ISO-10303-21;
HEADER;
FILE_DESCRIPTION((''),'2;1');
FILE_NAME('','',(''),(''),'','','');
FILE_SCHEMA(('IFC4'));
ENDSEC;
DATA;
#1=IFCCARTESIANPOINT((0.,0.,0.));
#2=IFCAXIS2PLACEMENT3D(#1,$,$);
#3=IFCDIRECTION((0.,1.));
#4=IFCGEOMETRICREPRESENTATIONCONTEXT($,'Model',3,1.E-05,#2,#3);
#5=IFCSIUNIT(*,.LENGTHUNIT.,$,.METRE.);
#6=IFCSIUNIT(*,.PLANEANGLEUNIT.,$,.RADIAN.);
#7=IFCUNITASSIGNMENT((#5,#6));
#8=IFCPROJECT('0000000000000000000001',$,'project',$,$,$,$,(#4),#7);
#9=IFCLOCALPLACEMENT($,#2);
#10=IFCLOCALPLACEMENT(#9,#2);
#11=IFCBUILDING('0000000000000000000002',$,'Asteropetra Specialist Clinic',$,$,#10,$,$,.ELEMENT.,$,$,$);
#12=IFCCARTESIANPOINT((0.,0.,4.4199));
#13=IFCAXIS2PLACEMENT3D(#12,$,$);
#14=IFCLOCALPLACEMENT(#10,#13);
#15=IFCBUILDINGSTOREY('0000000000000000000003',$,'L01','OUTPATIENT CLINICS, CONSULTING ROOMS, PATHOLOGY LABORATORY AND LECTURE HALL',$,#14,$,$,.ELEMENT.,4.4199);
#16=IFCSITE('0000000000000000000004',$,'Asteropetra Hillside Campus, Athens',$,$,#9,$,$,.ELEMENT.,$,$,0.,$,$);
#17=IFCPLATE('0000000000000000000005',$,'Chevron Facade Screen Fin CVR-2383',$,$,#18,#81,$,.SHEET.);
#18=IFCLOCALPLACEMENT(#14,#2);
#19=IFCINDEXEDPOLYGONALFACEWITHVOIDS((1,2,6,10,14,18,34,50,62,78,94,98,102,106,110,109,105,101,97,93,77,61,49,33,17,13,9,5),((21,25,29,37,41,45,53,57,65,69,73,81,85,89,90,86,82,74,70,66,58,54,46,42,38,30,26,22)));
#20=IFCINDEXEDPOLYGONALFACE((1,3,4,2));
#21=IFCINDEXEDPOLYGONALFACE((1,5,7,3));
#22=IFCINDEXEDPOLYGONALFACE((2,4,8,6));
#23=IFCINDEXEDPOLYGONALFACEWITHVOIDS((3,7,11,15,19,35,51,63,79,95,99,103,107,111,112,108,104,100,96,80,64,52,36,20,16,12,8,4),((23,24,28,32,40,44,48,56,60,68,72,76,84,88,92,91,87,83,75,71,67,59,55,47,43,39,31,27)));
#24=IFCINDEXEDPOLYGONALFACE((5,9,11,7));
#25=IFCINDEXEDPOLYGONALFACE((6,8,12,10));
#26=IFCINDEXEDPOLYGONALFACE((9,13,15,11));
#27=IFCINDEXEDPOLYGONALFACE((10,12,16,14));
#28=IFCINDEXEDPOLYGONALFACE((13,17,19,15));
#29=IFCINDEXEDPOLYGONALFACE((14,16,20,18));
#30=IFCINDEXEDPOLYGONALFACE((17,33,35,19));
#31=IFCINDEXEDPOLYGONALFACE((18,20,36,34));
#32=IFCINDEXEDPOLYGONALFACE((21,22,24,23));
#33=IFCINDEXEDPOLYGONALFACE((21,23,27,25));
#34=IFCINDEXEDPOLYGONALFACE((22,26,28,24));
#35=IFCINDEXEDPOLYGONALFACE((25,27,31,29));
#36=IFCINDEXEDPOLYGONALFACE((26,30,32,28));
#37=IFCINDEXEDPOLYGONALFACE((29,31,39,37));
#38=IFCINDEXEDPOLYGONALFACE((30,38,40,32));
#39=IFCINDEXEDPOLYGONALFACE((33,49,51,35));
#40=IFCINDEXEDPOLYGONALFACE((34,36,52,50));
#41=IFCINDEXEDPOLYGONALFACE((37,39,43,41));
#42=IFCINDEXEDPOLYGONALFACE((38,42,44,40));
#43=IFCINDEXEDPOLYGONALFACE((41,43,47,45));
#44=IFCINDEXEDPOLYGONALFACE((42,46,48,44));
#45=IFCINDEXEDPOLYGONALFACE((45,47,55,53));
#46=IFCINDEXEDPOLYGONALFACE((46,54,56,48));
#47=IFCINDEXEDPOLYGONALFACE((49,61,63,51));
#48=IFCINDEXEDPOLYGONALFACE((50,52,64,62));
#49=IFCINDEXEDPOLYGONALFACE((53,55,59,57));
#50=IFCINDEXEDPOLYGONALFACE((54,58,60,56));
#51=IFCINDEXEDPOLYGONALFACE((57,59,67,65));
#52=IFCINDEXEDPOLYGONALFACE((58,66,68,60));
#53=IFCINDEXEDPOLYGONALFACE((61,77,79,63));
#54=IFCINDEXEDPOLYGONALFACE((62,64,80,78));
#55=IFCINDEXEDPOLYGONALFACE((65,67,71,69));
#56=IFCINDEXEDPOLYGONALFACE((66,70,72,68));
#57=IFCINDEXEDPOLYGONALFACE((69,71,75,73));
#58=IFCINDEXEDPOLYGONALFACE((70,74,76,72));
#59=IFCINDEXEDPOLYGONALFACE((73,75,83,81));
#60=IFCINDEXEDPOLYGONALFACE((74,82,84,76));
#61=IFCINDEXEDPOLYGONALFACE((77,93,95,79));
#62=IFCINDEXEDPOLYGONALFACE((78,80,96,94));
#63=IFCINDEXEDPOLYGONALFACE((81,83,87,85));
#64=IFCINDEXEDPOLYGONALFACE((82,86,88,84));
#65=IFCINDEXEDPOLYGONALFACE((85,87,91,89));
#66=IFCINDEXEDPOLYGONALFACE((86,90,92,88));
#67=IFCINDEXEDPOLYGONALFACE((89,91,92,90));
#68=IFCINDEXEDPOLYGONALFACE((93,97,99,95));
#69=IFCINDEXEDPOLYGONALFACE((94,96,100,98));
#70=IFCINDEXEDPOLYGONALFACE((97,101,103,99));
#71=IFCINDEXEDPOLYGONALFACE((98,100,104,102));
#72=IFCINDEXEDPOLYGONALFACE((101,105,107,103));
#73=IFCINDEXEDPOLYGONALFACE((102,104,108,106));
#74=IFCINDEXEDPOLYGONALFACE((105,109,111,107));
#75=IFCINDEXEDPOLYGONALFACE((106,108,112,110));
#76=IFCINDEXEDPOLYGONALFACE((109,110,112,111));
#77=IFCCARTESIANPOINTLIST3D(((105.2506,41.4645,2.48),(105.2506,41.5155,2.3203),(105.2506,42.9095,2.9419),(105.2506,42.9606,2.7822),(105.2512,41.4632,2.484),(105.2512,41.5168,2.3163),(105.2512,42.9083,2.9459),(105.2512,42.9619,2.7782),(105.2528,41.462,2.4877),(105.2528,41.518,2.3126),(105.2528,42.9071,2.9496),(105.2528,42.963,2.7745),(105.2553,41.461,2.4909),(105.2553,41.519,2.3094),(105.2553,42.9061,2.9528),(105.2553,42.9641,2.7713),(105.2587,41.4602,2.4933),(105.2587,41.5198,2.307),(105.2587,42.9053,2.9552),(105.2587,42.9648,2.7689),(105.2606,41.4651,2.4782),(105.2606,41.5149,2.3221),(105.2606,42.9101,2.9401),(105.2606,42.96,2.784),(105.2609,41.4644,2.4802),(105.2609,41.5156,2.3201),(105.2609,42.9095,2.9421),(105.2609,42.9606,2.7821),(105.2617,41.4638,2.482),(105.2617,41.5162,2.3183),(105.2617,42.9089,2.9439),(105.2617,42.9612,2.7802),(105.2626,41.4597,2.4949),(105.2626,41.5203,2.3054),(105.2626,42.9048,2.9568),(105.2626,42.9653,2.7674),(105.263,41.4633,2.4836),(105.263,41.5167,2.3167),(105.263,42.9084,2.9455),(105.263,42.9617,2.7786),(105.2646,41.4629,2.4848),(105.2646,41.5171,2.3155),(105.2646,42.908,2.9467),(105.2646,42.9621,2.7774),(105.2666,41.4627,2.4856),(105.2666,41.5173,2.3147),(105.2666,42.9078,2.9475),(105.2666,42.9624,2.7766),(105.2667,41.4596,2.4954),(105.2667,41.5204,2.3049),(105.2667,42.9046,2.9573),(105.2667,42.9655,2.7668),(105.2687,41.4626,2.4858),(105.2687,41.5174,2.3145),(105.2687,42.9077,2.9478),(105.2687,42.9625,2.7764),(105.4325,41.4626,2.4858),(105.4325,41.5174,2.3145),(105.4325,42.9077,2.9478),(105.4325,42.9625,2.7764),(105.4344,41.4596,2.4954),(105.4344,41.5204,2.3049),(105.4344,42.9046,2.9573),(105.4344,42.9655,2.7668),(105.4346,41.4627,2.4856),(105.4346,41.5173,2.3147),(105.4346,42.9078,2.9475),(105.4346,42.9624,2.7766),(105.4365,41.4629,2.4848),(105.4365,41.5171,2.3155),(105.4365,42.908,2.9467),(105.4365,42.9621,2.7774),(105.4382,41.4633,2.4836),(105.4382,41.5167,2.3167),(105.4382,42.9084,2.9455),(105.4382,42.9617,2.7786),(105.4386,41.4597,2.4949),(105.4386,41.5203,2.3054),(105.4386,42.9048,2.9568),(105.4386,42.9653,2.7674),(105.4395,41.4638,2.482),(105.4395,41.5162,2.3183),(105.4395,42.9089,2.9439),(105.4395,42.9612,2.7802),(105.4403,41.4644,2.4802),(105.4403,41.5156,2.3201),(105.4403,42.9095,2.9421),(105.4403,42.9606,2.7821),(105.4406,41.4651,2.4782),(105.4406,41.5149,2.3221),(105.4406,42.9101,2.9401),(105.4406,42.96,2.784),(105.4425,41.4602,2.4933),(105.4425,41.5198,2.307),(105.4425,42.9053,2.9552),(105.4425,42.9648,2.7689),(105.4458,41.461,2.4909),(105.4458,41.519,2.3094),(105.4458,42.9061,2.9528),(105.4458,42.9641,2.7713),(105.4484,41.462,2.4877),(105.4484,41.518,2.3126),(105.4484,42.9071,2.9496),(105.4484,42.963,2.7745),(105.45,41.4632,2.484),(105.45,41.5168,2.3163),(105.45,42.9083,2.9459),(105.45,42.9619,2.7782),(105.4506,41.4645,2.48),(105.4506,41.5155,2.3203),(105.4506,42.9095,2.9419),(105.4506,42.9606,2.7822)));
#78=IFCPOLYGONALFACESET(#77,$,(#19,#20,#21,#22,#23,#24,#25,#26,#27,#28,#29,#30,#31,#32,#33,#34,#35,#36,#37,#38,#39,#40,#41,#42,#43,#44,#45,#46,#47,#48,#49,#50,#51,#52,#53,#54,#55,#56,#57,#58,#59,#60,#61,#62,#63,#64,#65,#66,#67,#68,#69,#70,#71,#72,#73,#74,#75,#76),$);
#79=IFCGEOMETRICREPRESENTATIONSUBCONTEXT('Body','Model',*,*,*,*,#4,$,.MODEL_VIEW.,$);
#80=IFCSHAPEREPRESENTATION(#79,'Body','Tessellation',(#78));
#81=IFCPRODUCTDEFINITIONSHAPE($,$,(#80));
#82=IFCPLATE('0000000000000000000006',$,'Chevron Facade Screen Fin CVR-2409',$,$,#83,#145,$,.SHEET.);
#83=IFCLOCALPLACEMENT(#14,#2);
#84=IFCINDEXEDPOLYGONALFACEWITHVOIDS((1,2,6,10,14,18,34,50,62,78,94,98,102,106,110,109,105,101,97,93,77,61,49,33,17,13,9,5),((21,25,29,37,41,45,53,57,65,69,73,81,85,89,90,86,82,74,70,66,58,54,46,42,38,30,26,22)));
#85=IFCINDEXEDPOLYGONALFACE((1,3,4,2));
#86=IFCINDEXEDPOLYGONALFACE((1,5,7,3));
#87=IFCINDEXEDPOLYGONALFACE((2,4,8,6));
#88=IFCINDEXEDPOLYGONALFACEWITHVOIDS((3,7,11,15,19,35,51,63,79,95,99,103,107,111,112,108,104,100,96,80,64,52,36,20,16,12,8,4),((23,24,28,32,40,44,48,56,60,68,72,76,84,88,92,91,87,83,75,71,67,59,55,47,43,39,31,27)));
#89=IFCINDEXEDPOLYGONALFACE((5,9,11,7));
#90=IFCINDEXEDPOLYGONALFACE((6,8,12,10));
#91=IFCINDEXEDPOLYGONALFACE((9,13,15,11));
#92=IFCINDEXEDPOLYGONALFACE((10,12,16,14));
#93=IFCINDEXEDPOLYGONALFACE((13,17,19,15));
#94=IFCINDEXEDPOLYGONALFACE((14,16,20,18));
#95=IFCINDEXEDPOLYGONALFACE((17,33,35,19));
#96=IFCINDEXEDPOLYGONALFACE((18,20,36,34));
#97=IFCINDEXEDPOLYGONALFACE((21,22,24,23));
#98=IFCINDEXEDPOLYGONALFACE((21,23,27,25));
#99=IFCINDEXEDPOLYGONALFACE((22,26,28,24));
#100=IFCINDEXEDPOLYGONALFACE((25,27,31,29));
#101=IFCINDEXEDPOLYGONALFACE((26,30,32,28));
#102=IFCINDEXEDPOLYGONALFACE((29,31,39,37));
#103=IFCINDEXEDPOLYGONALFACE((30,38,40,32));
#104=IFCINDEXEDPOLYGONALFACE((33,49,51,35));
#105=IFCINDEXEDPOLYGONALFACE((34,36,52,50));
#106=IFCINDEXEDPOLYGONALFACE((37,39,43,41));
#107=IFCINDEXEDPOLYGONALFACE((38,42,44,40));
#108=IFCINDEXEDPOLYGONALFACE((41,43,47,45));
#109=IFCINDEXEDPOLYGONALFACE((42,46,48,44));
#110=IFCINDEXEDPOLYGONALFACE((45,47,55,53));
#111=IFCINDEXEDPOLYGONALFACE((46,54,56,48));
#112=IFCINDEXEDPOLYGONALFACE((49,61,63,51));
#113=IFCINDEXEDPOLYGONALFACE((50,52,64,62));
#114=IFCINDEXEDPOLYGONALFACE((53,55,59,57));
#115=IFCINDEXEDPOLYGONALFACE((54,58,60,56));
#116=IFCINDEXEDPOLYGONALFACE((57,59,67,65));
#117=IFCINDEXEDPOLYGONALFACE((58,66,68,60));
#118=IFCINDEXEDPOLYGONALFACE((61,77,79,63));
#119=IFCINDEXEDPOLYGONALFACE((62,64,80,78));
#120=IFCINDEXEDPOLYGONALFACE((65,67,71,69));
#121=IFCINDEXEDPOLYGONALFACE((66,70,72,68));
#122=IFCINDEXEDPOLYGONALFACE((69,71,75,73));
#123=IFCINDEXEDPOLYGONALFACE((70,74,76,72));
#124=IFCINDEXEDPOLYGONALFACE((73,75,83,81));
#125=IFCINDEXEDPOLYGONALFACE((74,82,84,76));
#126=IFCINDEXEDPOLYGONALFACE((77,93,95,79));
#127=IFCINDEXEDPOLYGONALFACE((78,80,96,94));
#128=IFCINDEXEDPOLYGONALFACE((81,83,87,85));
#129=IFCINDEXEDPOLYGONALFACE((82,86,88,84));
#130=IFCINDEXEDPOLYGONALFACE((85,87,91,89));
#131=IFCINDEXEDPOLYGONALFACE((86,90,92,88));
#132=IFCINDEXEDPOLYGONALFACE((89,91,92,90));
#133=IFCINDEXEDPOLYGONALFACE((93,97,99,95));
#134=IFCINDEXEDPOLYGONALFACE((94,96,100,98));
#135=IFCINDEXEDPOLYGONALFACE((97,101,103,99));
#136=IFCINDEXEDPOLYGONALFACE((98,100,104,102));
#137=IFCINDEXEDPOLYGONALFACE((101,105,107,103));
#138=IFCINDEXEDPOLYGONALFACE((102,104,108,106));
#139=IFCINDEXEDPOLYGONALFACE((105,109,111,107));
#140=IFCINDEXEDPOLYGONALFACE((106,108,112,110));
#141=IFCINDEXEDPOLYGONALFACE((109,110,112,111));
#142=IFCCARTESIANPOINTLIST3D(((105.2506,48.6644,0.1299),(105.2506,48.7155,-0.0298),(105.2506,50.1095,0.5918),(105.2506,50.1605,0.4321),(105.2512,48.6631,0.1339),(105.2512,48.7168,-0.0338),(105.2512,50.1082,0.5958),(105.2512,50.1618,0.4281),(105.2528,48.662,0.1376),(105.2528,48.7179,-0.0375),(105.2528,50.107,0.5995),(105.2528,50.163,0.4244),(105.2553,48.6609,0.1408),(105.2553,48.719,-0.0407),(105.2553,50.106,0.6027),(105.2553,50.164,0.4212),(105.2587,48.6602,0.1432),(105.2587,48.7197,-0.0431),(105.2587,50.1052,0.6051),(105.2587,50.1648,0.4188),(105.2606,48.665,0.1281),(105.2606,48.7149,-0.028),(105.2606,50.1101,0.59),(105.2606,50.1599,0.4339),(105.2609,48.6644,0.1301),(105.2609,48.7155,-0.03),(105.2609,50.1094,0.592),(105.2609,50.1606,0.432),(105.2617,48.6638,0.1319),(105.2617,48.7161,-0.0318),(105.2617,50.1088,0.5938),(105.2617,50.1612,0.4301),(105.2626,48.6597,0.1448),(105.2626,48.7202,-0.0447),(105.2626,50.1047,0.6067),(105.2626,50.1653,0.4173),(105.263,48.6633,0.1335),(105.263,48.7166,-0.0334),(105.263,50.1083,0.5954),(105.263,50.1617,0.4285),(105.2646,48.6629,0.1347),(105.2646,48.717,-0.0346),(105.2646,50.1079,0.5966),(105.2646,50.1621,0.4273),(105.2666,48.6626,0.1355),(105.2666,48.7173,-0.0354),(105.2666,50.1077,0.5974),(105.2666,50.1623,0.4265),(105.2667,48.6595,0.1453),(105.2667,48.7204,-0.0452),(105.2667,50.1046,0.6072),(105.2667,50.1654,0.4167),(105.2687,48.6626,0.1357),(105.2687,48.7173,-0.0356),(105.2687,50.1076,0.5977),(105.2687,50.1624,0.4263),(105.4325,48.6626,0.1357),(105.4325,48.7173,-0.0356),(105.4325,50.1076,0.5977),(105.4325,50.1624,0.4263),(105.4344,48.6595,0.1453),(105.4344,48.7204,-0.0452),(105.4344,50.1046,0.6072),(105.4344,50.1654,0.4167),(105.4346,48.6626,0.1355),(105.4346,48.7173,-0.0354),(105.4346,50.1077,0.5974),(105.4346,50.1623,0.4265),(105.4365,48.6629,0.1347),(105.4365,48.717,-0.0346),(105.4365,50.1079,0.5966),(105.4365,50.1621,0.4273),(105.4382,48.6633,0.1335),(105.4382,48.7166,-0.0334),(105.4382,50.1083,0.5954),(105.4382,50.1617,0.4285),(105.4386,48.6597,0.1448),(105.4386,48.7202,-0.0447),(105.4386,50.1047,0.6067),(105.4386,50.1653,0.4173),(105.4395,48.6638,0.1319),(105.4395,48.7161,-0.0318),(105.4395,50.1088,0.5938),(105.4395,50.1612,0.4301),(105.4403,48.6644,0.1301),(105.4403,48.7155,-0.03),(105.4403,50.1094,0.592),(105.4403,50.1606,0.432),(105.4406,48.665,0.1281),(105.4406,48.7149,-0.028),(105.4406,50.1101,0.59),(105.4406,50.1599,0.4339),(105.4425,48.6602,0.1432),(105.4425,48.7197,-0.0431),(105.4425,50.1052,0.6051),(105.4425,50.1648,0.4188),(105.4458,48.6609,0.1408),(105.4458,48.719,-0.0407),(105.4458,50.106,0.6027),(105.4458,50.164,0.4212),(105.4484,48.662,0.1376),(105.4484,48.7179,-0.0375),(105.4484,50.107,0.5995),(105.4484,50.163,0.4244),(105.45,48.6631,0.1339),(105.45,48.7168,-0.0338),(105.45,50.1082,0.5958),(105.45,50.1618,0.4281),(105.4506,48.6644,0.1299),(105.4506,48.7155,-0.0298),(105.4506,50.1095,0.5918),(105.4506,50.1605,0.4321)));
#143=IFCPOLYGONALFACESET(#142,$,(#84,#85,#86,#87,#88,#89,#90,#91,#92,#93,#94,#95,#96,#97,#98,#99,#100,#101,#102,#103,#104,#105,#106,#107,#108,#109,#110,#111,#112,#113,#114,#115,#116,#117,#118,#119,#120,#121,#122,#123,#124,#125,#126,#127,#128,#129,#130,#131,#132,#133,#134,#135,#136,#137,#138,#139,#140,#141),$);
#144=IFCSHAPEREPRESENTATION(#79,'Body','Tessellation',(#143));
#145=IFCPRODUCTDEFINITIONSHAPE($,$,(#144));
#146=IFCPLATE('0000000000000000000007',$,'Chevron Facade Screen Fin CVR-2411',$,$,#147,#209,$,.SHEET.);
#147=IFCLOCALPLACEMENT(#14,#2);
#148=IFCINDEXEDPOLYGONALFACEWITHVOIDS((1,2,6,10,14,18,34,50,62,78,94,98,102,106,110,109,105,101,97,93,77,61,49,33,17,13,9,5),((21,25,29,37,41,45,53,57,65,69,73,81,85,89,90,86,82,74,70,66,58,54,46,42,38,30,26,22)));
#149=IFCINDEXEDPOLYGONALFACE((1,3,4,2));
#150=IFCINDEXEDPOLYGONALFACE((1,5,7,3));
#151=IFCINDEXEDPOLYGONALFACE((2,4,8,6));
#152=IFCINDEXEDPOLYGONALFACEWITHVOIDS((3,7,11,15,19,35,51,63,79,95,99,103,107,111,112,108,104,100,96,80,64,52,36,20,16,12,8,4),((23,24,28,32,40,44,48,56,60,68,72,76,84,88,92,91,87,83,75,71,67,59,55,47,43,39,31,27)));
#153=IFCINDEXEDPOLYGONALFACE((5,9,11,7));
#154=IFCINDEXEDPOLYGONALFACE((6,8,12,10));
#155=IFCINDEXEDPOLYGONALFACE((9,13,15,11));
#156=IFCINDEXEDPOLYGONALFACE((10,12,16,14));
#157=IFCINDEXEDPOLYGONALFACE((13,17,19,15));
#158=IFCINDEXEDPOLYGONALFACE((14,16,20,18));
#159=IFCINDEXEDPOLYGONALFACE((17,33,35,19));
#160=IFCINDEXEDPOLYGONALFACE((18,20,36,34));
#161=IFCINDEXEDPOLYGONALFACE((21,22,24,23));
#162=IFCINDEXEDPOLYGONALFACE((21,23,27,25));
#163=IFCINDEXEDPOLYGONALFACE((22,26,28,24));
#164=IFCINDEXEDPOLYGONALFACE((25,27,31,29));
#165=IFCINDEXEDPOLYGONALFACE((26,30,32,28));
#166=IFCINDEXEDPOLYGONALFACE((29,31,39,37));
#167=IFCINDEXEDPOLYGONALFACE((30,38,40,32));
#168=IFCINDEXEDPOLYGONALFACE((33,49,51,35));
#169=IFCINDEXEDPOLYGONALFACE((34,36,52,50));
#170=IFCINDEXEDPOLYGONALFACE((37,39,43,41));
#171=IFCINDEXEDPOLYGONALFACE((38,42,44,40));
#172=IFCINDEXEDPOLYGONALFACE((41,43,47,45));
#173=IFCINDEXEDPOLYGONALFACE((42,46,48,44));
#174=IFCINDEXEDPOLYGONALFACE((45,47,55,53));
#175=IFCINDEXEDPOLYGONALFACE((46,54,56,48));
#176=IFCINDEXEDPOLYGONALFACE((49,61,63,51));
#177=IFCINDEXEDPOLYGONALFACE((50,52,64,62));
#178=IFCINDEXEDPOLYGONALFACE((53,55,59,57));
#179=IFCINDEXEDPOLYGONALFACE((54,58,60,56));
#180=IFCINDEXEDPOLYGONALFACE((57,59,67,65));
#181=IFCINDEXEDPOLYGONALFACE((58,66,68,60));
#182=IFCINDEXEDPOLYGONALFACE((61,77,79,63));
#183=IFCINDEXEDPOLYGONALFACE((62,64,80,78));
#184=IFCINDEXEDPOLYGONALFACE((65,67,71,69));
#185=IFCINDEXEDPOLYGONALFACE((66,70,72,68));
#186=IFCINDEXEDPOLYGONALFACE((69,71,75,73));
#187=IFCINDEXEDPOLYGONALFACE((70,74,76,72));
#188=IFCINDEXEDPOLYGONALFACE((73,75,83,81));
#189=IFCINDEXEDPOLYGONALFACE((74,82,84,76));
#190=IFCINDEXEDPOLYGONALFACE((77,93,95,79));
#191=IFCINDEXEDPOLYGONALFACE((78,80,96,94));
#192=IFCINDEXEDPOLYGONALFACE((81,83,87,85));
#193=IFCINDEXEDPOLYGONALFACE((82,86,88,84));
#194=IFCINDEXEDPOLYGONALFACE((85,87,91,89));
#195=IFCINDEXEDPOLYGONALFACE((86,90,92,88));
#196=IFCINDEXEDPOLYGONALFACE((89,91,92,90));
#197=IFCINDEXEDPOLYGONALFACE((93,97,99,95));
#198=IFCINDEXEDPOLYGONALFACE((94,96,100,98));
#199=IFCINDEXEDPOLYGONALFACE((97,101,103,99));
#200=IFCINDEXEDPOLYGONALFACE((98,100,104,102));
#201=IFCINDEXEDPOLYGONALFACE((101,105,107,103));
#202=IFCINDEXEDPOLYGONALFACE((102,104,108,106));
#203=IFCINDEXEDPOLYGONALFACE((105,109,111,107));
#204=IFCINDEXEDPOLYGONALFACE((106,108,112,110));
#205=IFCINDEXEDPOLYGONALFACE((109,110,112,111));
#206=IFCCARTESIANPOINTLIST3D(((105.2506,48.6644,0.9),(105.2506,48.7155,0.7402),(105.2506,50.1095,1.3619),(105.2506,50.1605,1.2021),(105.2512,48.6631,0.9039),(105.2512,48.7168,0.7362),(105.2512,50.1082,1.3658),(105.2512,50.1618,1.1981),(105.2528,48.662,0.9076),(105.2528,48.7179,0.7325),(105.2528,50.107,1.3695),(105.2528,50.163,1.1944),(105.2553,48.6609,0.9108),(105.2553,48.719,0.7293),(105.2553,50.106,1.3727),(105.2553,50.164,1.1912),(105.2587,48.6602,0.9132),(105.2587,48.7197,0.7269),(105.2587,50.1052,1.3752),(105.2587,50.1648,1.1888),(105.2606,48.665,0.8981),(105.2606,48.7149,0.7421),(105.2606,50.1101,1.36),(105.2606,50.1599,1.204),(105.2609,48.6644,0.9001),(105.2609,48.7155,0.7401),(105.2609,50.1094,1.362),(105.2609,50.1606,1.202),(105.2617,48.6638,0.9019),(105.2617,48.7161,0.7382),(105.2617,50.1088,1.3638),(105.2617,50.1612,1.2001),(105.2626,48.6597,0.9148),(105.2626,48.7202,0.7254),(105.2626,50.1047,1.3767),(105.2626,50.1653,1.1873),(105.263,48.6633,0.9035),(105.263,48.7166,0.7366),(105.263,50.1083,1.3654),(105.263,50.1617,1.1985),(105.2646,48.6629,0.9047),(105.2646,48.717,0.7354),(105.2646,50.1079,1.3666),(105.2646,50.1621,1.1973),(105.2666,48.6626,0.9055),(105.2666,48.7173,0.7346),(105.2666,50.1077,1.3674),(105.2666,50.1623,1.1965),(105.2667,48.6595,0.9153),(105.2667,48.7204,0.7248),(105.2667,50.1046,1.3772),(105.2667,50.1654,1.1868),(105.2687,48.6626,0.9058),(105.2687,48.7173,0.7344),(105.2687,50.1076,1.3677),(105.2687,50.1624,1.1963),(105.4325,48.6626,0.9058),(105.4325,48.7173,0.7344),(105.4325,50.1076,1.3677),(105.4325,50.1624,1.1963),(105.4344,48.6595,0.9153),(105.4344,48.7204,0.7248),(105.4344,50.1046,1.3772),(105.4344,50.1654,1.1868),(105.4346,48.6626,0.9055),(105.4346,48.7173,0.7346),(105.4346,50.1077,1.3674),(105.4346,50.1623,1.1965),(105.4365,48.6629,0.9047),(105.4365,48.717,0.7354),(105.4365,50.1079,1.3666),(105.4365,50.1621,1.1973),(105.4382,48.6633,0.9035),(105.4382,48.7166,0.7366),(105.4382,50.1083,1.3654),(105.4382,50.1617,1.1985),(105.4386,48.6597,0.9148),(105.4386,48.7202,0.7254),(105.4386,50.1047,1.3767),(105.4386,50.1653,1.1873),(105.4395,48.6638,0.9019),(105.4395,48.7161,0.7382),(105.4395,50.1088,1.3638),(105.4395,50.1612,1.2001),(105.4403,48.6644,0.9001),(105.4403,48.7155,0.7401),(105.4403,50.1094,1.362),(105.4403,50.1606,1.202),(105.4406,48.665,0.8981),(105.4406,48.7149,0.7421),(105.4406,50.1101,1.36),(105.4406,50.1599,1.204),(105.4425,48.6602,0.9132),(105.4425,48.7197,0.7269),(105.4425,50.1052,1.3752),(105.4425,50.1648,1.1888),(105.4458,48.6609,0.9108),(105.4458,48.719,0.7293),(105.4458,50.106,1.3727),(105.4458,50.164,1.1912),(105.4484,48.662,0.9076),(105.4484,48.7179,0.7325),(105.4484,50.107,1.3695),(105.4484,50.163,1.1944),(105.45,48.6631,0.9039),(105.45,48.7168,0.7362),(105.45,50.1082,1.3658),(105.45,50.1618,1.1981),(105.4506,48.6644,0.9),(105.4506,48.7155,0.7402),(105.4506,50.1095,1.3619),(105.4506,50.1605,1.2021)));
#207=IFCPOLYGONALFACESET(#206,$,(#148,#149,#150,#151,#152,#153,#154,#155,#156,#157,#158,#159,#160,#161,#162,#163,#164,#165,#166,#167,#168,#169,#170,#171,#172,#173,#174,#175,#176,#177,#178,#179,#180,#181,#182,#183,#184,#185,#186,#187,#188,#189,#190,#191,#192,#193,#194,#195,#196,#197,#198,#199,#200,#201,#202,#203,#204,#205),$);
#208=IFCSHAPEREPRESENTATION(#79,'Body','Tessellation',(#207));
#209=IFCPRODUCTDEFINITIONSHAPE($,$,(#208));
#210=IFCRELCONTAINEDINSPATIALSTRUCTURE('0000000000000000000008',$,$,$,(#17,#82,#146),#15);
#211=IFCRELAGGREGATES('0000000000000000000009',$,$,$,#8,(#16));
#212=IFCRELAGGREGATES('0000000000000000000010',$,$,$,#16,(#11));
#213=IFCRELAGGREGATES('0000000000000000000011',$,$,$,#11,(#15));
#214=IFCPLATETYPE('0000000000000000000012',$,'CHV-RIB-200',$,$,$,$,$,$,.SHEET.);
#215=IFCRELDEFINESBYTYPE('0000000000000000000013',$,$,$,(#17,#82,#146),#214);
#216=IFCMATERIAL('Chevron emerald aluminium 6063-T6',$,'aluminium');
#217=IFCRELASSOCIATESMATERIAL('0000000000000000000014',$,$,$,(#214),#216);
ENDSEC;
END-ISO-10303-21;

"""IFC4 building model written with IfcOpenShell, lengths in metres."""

from ifc_helpers import new_model, si_unit, direction, frame, origin, origin_2d, place, context, subcontext, project, spatial, hollow_rectangle, extrude, material, material_profile, profile_set, type_object, element, save


model = new_model("IFC4")

# Units and contexts
model_context = context("Model", 3, precision=1e-05, world=origin(), true_north=direction((0.0, 1.0)))
body_context = subcontext(model_context, "Body", "Model", "MODEL_VIEW")
ifc_project = project(units=[si_unit("LENGTHUNIT", "METRE"), si_unit("PLANEANGLEUNIT", "RADIAN")], contexts=[model_context])

# Site, building, storey
site_placement = place(None, origin())
site = spatial("IfcSite", under=ifc_project, at=site_placement, Name="Asteropetra Hillside Campus, Athens", CompositionType="ELEMENT", RefElevation=0.0)
building_placement = place(site_placement, origin())
building = spatial("IfcBuilding", under=site, at=building_placement, Name="Asteropetra Specialist Clinic", CompositionType="ELEMENT")
storey_placement = place(building_placement, frame((0.0, 0.0, 4.4199)))
storey = spatial("IfcBuildingStorey", under=building, at=storey_placement, Name="L01", Description="OUTPATIENT CLINICS, CONSULTING ROOMS, PATHOLOGY LABORATORY AND LECTURE HALL", CompositionType="ELEMENT", Elevation=4.4199)

# Plates
ifc_material_1 = material(Name="Chevron emerald aluminium 6063-T6", Category="aluminium")
ifc_material_profile = material_profile(ifc_material_1, hollow_rectangle(XDim=0.2, YDim=0.2, WallThickness=0.01, InnerFilletRadius=0.0081, OuterFilletRadius=0.0161, at=origin_2d()), Name="SHS 200x200x10.0")
ifc_profile_set = profile_set([ifc_material_profile], Name="Chevron emerald aluminium 6063-T6")
plate_type = type_object("IfcPlateType", Name="CHV-RIB-200", PredefinedType="SHEET", material=ifc_profile_set)
for number, where, z_axis, x_axis, name in (
    (1, (105.3506, 42.9351, 2.8621), (0.0, -0.952521, -0.304472), (1.0, 0.0, 0.0), "Chevron Facade Screen Fin CVR-2383"),
    (2, (105.3506, 50.135, 0.512), (0.0, -0.952521, -0.304472), (1.0, 0.0, 0.0), "Chevron Facade Screen Fin CVR-2409"),
    (3, (105.3506, 50.135, 1.282), (0.0, -0.952521, -0.304472), (1.0, 0.0, 0.0), "Chevron Facade Screen Fin CVR-2411"),
):
    element("IfcPlate", number, at=place(storey_placement, frame(where, z_axis=z_axis, x_axis=x_axis)), inside=storey, type_object=plate_type, Name=name, PredefinedType="SHEET", context=body_context, shape_type="SweptSolid", body=[
        extrude(hollow_rectangle(XDim=0.2, YDim=0.2, WallThickness=0.01, InnerFilletRadius=0.0081, OuterFilletRadius=0.0161, at=origin_2d()), origin(), (0.0, 0.0, 1.0), 1.5171),
    ])

save(model, "model.ifc")
